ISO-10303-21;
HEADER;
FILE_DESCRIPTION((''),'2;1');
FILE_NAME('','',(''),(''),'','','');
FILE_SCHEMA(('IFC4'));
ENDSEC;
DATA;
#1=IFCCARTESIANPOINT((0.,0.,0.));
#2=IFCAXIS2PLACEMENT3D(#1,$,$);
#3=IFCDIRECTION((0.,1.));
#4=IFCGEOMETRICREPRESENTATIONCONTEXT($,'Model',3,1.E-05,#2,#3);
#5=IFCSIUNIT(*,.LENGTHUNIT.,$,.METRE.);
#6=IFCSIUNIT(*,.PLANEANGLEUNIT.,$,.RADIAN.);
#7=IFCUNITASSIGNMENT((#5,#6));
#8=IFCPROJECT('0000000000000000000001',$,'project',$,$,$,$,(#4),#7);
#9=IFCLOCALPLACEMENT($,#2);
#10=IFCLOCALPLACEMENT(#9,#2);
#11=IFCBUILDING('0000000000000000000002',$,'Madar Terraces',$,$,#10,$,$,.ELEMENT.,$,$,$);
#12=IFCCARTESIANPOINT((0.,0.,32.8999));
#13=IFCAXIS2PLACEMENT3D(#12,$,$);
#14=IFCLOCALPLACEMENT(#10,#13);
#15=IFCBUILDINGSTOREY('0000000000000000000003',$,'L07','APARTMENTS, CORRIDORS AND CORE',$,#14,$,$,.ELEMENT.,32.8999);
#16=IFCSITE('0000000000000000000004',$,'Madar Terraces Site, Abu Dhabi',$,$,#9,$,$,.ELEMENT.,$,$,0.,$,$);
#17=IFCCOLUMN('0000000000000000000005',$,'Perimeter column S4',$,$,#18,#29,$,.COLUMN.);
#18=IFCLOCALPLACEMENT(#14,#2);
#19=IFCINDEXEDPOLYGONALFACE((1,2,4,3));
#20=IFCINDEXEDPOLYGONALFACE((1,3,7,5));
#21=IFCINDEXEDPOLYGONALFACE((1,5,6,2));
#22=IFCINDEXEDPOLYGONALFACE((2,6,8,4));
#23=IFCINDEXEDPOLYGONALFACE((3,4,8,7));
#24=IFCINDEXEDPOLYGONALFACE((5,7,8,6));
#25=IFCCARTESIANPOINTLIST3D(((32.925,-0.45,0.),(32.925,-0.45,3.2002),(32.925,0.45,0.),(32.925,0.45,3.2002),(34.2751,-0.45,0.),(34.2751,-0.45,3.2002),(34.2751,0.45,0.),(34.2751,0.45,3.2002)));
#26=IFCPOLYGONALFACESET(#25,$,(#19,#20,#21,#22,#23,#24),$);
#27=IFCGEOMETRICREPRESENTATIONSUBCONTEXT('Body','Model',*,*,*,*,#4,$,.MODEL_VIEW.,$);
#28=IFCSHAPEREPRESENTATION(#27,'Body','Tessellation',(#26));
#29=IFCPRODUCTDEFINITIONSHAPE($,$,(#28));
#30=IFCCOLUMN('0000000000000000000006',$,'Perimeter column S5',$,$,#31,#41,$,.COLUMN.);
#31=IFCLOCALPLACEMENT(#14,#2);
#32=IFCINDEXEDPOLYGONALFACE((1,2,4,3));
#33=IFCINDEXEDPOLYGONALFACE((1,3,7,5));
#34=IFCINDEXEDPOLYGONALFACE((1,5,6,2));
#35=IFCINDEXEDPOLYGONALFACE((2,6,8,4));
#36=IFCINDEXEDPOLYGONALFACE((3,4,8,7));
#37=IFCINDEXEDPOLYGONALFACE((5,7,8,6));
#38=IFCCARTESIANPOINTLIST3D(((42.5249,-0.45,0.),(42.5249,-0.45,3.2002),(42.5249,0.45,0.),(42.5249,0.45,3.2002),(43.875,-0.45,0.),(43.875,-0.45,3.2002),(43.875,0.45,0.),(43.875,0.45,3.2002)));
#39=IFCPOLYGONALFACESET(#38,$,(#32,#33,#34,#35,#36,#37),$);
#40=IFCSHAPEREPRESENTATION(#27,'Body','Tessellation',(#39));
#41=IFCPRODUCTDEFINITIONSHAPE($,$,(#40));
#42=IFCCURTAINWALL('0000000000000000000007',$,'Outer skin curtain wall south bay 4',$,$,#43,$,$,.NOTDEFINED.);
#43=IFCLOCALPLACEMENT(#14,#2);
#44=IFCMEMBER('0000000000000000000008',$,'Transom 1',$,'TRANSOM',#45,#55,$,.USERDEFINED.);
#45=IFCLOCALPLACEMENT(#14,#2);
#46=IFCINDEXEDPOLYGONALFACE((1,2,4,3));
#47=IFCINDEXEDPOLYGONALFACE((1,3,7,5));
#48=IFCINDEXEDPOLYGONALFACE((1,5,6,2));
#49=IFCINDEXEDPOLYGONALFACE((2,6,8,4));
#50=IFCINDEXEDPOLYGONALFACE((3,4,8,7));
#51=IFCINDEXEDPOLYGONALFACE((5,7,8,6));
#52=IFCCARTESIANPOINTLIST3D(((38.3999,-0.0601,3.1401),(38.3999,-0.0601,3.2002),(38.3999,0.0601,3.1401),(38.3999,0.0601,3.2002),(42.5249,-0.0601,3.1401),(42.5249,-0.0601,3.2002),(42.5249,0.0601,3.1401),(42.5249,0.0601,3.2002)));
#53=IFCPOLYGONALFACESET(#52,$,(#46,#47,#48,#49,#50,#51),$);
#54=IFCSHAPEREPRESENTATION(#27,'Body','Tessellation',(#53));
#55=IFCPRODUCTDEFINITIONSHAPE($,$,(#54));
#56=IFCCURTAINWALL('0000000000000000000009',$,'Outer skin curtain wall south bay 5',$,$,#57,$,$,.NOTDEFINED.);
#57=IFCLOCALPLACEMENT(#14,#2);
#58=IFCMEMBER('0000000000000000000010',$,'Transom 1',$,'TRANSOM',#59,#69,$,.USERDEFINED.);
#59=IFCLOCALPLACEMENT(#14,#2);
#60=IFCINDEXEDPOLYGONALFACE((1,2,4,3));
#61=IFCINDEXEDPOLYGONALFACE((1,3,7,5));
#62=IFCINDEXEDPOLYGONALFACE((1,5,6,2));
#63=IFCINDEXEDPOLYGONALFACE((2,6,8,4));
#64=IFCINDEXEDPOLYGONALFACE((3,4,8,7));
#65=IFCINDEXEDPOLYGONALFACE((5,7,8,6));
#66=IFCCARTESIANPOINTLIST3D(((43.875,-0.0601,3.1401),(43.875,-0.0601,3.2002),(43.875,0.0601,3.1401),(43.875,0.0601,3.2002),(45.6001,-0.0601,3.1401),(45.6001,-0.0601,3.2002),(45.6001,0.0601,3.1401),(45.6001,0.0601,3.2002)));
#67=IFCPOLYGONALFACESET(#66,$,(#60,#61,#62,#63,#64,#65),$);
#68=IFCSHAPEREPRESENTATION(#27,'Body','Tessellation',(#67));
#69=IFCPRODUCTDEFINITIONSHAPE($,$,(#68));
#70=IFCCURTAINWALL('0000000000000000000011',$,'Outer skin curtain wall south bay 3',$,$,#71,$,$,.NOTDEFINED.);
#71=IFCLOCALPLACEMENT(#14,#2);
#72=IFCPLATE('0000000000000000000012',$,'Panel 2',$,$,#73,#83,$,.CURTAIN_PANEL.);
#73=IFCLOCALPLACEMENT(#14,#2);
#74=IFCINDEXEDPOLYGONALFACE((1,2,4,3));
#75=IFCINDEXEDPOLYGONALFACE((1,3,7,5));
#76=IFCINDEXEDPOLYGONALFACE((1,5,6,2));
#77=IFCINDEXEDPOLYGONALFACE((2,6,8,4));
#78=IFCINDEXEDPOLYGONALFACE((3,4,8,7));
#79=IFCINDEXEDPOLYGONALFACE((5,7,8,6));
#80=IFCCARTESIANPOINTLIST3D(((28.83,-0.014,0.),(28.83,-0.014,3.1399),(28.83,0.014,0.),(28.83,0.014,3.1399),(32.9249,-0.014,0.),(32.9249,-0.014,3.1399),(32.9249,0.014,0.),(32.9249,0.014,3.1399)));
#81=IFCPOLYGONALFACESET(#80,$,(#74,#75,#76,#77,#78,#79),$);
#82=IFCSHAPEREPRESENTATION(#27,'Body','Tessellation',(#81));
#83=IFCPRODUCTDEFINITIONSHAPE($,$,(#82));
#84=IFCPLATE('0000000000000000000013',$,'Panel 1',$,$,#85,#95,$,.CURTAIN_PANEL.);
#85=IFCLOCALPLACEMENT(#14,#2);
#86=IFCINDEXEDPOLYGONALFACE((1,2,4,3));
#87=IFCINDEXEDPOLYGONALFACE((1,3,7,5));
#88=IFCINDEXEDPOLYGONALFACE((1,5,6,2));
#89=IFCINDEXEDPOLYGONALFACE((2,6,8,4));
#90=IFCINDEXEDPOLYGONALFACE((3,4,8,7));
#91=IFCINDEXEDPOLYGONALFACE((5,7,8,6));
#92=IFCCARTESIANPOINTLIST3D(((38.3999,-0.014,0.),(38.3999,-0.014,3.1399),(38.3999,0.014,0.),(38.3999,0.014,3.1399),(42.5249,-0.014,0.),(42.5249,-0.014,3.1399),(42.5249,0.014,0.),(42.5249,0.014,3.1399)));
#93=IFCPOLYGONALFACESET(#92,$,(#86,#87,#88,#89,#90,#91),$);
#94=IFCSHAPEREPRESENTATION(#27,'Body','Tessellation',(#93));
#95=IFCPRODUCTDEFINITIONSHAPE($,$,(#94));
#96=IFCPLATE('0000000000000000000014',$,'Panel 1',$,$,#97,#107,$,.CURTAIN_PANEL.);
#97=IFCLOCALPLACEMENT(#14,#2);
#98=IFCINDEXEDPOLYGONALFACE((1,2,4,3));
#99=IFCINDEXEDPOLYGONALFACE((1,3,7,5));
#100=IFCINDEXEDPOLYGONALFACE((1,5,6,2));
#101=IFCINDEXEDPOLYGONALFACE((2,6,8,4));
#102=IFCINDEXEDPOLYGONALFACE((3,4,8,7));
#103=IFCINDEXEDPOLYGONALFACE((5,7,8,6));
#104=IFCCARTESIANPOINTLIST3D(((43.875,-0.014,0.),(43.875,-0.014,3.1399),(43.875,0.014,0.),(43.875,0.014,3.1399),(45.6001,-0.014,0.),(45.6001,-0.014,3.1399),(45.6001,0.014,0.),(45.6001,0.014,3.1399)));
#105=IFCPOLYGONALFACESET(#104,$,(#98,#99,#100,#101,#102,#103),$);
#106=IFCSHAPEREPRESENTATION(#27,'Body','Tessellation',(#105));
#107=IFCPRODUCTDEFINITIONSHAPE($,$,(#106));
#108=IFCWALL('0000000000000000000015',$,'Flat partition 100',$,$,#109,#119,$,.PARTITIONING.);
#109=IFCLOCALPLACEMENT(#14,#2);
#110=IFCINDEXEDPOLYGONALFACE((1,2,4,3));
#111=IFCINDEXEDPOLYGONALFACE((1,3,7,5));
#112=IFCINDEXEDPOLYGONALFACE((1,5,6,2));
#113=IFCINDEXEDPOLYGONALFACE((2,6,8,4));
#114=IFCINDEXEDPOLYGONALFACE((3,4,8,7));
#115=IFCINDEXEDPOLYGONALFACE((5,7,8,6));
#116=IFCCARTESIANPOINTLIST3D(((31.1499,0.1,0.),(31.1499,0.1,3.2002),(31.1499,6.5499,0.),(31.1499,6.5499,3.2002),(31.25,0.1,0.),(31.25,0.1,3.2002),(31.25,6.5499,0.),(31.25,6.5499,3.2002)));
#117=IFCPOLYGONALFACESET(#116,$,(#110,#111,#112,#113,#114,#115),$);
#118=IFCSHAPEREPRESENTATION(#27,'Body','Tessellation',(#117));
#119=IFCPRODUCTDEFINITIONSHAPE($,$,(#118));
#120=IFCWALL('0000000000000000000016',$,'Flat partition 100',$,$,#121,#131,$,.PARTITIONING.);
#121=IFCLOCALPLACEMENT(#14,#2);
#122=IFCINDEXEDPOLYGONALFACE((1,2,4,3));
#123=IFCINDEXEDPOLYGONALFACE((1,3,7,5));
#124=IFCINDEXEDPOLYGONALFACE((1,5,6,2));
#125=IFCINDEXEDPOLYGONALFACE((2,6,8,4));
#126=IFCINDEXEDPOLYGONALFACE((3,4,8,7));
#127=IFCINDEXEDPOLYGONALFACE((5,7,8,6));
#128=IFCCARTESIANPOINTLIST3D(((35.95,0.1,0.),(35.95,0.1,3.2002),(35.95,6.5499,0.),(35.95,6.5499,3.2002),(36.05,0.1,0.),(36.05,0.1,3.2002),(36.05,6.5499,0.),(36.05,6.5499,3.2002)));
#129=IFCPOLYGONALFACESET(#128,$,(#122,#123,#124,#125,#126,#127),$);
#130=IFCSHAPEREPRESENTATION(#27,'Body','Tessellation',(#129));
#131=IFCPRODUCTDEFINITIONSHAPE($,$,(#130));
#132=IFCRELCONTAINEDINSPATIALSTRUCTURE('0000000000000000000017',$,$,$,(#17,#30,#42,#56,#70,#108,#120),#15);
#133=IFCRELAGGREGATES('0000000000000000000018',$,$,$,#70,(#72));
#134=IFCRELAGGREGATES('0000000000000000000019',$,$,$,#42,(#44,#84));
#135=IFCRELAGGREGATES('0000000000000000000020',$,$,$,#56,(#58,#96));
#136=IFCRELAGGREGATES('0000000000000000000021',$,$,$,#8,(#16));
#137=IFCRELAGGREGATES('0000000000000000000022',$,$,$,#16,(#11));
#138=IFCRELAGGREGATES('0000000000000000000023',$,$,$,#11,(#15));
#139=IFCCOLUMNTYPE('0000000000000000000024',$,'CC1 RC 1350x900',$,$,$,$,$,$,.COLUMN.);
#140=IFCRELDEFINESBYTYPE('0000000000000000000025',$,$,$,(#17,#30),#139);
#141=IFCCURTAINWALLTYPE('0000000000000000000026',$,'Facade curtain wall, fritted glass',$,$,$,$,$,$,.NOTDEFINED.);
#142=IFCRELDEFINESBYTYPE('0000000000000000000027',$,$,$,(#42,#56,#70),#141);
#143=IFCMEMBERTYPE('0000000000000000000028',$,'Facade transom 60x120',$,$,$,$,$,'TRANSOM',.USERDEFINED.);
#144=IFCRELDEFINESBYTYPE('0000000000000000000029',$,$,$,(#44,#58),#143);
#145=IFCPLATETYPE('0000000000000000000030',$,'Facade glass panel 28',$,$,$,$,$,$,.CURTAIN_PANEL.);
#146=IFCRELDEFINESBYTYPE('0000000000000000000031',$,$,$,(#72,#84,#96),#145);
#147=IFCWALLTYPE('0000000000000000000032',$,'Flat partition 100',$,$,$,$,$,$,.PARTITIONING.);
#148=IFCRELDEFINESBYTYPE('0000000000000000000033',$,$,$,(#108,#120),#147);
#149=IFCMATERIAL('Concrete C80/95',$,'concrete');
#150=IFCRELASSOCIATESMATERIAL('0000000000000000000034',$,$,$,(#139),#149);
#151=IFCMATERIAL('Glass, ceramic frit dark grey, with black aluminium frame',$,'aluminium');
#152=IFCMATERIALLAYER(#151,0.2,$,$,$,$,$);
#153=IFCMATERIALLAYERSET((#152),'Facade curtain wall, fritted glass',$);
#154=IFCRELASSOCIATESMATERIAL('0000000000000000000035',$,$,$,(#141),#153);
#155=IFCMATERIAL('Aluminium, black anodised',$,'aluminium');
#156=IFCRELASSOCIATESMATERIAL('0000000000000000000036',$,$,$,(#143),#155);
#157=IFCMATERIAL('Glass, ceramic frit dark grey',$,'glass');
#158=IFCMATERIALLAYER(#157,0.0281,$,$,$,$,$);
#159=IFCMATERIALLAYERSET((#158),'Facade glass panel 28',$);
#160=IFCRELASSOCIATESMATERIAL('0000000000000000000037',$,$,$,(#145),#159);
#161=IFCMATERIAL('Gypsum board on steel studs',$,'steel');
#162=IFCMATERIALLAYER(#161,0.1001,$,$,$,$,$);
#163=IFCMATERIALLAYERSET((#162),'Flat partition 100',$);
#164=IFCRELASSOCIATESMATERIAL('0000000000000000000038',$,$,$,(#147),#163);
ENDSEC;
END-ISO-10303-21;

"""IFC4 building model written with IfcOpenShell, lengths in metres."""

from ifc_helpers import new_model, si_unit, direction, frame, frame_2d, origin, origin_2d, place, context, subcontext, project, spatial, rectangle, extrude, material, layer, layer_set, material_profile, profile_set, type_object, element, aggregate, save


model = new_model("IFC4")

# Units and contexts
model_context = context("Model", 3, precision=1e-05, world=origin(), true_north=direction((0.0, 1.0)))
body_context = subcontext(model_context, "Body", "Model", "MODEL_VIEW")
ifc_project = project(units=[si_unit("LENGTHUNIT", "METRE"), si_unit("PLANEANGLEUNIT", "RADIAN")], contexts=[model_context])

# Site, building, storey
site_placement = place(None, origin())
site = spatial("IfcSite", under=ifc_project, at=site_placement, Name="Madar Terraces Site, Abu Dhabi", CompositionType="ELEMENT", RefElevation=0.0)
building_placement = place(site_placement, origin())
building = spatial("IfcBuilding", under=site, at=building_placement, Name="Madar Terraces", CompositionType="ELEMENT")
storey_placement = place(building_placement, frame((0.0, 0.0, 32.8999)))
storey = spatial("IfcBuildingStorey", under=building, at=storey_placement, Name="L07", Description="APARTMENTS, CORRIDORS AND CORE", CompositionType="ELEMENT", Elevation=32.8999)

# Columns
ifc_material_1 = material(Name="Concrete C80/95", Category="concrete")
ifc_material_profile_1 = material_profile(ifc_material_1, rectangle(XDim=1.3501, YDim=0.8999, at=origin_2d()), Name="CC1 RC 1350x900")
ifc_profile_set_1 = profile_set([ifc_material_profile_1], Name="Concrete C80/95")
column_type = type_object("IfcColumnType", Name="CC1 RC 1350x900", PredefinedType="COLUMN", material=ifc_profile_set_1)
for number, where, z_axis, x_axis, name in (
    (1, (33.6001, 0.0, 0.0), (0.0, 0.0, 1.0), (1.0, 0.0, 0.0), "Perimeter column S4"),
    (2, (43.2, 0.0, 0.0), (0.0, 0.0, 1.0), (1.0, 0.0, 0.0), "Perimeter column S5"),
):
    element("IfcColumn", number, at=place(storey_placement, frame(where, z_axis=z_axis, x_axis=x_axis)), inside=storey, type_object=column_type, Name=name, PredefinedType="COLUMN", context=body_context, shape_type="SweptSolid", body=[
        extrude(rectangle(XDim=1.3501, YDim=0.8999, at=origin_2d()), origin(), (0.0, 0.0, 1.0), 3.2002),
    ])

# Curtain walls, members
ifc_material_2 = material(Name="Glass, ceramic frit dark grey, with black aluminium frame", Category="aluminium")
ifc_layer_1 = layer(ifc_material_2, 0.2)
ifc_layer_set_1 = layer_set([ifc_layer_1], Name="Facade curtain wall, fritted glass")
curtain_wall_type = type_object("IfcCurtainWallType", Name="Facade curtain wall, fritted glass", PredefinedType="NOTDEFINED", material=ifc_layer_set_1)
curtain_wall_1_placement = place(storey_placement, origin())
curtain_wall_1 = element("IfcCurtainWall", 3, at=curtain_wall_1_placement, inside=storey, type_object=curtain_wall_type, Name="Outer skin curtain wall south bay 4", PredefinedType="NOTDEFINED")
ifc_material_3 = material(Name="Aluminium, black anodised", Category="aluminium")
ifc_material_profile_2 = material_profile(ifc_material_3, rectangle(XDim=0.1201, YDim=0.0601, at=origin_2d()), Name="Facade transom 60x120")
ifc_profile_set_2 = profile_set([ifc_material_profile_2], Name="Aluminium, black anodised")
member_type = type_object("IfcMemberType", Name="Facade transom 60x120", ElementType="TRANSOM", PredefinedType="USERDEFINED", material=ifc_profile_set_2)
member_1_placement = place(storey_placement, frame((38.3999, 0.0, 3.1702), z_axis=(1.0, 0.0, 0.0), x_axis=(0.0, 1.0, 0.0)))
member_1 = element("IfcMember", 4, at=member_1_placement, type_object=member_type, Name="Transom 1", ObjectType="TRANSOM", PredefinedType="USERDEFINED", context=body_context, shape_type="SweptSolid", body=[
    extrude(rectangle(XDim=0.1201, YDim=0.0601, at=origin_2d()), origin(), (0.0, 0.0, 1.0), 4.125),
])
curtain_wall_2_placement = place(storey_placement, origin())
curtain_wall_2 = element("IfcCurtainWall", 5, at=curtain_wall_2_placement, inside=storey, type_object=curtain_wall_type, Name="Outer skin curtain wall south bay 5", PredefinedType="NOTDEFINED")
member_2_placement = place(storey_placement, frame((43.875, 0.0, 3.1702), z_axis=(1.0, 0.0, 0.0), x_axis=(0.0, 1.0, 0.0)))
member_2 = element("IfcMember", 6, at=member_2_placement, type_object=member_type, Name="Transom 1", ObjectType="TRANSOM", PredefinedType="USERDEFINED", context=body_context, shape_type="SweptSolid", body=[
    extrude(rectangle(XDim=0.1201, YDim=0.0601, at=origin_2d()), origin(), (0.0, 0.0, 1.0), 1.7251),
])

# Curtain wall, plate
curtain_wall_3_placement = place(storey_placement, origin())
curtain_wall_3 = element("IfcCurtainWall", 7, at=curtain_wall_3_placement, inside=storey, type_object=curtain_wall_type, Name="Outer skin curtain wall south bay 3", PredefinedType="NOTDEFINED")
ifc_material_4 = material(Name="Glass, ceramic frit dark grey", Category="glass")
ifc_layer_2 = layer(ifc_material_4, 0.0281)
ifc_layer_set_2 = layer_set([ifc_layer_2], Name="Facade glass panel 28")
plate_type = type_object("IfcPlateType", Name="Facade glass panel 28", PredefinedType="CURTAIN_PANEL", material=ifc_layer_set_2)
plate_1_placement = place(storey_placement, frame((30.8774, 0.0, 0.0), z_axis=(0.0, 0.0, 1.0), x_axis=(1.0, 0.0, 0.0)))
plate_1 = element("IfcPlate", 8, at=plate_1_placement, type_object=plate_type, Name="Panel 2", PredefinedType="CURTAIN_PANEL", context=body_context, shape_type="SweptSolid", body=[
    extrude(rectangle(XDim=4.095, YDim=0.0281, at=origin_2d()), origin(), (0.0, 0.0, 1.0), 3.1399),
])
aggregate(curtain_wall_3, [plate_1])

# Plates
plate_2_placement = place(storey_placement, frame((40.4624, 0.0, 0.0), z_axis=(0.0, 0.0, 1.0), x_axis=(1.0, 0.0, 0.0)))
plate_2 = element("IfcPlate", 9, at=plate_2_placement, type_object=plate_type, Name="Panel 1", PredefinedType="CURTAIN_PANEL", context=body_context, shape_type="SweptSolid", body=[
    extrude(rectangle(XDim=4.125, YDim=0.0281, at=origin_2d()), origin(), (0.0, 0.0, 1.0), 3.1399),
])
aggregate(curtain_wall_1, [member_1, plate_2])
plate_3_placement = place(storey_placement, frame((44.7375, 0.0, 0.0), z_axis=(0.0, 0.0, 1.0), x_axis=(1.0, 0.0, 0.0)))
plate_3 = element("IfcPlate", 10, at=plate_3_placement, type_object=plate_type, Name="Panel 1", PredefinedType="CURTAIN_PANEL", context=body_context, shape_type="SweptSolid", body=[
    extrude(rectangle(XDim=1.7251, YDim=0.0281, at=origin_2d()), origin(), (0.0, 0.0, 1.0), 3.1399),
])
aggregate(curtain_wall_2, [member_2, plate_3])

# Walls
ifc_material_5 = material(Name="Gypsum board on steel studs", Category="steel")
ifc_layer_3 = layer(ifc_material_5, 0.1001)
ifc_layer_set_3 = layer_set([ifc_layer_3], Name="Flat partition 100")
wall_type_1 = type_object("IfcWallType", Name="Flat partition 100", PredefinedType="PARTITIONING", material=ifc_layer_set_3)
for number, where, z_axis, x_axis, name in (
    (11, (31.2, 6.55, 0.0), (0.0, 0.0, 1.0), (0.0, -1.0, 0.0), "Flat partition 100"),
    (12, (36.0, 6.55, 0.0), (0.0, 0.0, 1.0), (0.0, -1.0, 0.0), "Flat partition 100"),
):
    element("IfcWall", number, at=place(storey_placement, frame(where, z_axis=z_axis, x_axis=x_axis)), inside=storey, type_object=wall_type_1, Name=name, PredefinedType="PARTITIONING", context=body_context, shape_type="SweptSolid", body=[
        extrude(rectangle(XDim=6.45, YDim=0.1001, at=frame_2d((3.2251, 0.0))), origin(), (0.0, 0.0, 1.0), 3.2002),
    ])

save(model, "model.ifc")
